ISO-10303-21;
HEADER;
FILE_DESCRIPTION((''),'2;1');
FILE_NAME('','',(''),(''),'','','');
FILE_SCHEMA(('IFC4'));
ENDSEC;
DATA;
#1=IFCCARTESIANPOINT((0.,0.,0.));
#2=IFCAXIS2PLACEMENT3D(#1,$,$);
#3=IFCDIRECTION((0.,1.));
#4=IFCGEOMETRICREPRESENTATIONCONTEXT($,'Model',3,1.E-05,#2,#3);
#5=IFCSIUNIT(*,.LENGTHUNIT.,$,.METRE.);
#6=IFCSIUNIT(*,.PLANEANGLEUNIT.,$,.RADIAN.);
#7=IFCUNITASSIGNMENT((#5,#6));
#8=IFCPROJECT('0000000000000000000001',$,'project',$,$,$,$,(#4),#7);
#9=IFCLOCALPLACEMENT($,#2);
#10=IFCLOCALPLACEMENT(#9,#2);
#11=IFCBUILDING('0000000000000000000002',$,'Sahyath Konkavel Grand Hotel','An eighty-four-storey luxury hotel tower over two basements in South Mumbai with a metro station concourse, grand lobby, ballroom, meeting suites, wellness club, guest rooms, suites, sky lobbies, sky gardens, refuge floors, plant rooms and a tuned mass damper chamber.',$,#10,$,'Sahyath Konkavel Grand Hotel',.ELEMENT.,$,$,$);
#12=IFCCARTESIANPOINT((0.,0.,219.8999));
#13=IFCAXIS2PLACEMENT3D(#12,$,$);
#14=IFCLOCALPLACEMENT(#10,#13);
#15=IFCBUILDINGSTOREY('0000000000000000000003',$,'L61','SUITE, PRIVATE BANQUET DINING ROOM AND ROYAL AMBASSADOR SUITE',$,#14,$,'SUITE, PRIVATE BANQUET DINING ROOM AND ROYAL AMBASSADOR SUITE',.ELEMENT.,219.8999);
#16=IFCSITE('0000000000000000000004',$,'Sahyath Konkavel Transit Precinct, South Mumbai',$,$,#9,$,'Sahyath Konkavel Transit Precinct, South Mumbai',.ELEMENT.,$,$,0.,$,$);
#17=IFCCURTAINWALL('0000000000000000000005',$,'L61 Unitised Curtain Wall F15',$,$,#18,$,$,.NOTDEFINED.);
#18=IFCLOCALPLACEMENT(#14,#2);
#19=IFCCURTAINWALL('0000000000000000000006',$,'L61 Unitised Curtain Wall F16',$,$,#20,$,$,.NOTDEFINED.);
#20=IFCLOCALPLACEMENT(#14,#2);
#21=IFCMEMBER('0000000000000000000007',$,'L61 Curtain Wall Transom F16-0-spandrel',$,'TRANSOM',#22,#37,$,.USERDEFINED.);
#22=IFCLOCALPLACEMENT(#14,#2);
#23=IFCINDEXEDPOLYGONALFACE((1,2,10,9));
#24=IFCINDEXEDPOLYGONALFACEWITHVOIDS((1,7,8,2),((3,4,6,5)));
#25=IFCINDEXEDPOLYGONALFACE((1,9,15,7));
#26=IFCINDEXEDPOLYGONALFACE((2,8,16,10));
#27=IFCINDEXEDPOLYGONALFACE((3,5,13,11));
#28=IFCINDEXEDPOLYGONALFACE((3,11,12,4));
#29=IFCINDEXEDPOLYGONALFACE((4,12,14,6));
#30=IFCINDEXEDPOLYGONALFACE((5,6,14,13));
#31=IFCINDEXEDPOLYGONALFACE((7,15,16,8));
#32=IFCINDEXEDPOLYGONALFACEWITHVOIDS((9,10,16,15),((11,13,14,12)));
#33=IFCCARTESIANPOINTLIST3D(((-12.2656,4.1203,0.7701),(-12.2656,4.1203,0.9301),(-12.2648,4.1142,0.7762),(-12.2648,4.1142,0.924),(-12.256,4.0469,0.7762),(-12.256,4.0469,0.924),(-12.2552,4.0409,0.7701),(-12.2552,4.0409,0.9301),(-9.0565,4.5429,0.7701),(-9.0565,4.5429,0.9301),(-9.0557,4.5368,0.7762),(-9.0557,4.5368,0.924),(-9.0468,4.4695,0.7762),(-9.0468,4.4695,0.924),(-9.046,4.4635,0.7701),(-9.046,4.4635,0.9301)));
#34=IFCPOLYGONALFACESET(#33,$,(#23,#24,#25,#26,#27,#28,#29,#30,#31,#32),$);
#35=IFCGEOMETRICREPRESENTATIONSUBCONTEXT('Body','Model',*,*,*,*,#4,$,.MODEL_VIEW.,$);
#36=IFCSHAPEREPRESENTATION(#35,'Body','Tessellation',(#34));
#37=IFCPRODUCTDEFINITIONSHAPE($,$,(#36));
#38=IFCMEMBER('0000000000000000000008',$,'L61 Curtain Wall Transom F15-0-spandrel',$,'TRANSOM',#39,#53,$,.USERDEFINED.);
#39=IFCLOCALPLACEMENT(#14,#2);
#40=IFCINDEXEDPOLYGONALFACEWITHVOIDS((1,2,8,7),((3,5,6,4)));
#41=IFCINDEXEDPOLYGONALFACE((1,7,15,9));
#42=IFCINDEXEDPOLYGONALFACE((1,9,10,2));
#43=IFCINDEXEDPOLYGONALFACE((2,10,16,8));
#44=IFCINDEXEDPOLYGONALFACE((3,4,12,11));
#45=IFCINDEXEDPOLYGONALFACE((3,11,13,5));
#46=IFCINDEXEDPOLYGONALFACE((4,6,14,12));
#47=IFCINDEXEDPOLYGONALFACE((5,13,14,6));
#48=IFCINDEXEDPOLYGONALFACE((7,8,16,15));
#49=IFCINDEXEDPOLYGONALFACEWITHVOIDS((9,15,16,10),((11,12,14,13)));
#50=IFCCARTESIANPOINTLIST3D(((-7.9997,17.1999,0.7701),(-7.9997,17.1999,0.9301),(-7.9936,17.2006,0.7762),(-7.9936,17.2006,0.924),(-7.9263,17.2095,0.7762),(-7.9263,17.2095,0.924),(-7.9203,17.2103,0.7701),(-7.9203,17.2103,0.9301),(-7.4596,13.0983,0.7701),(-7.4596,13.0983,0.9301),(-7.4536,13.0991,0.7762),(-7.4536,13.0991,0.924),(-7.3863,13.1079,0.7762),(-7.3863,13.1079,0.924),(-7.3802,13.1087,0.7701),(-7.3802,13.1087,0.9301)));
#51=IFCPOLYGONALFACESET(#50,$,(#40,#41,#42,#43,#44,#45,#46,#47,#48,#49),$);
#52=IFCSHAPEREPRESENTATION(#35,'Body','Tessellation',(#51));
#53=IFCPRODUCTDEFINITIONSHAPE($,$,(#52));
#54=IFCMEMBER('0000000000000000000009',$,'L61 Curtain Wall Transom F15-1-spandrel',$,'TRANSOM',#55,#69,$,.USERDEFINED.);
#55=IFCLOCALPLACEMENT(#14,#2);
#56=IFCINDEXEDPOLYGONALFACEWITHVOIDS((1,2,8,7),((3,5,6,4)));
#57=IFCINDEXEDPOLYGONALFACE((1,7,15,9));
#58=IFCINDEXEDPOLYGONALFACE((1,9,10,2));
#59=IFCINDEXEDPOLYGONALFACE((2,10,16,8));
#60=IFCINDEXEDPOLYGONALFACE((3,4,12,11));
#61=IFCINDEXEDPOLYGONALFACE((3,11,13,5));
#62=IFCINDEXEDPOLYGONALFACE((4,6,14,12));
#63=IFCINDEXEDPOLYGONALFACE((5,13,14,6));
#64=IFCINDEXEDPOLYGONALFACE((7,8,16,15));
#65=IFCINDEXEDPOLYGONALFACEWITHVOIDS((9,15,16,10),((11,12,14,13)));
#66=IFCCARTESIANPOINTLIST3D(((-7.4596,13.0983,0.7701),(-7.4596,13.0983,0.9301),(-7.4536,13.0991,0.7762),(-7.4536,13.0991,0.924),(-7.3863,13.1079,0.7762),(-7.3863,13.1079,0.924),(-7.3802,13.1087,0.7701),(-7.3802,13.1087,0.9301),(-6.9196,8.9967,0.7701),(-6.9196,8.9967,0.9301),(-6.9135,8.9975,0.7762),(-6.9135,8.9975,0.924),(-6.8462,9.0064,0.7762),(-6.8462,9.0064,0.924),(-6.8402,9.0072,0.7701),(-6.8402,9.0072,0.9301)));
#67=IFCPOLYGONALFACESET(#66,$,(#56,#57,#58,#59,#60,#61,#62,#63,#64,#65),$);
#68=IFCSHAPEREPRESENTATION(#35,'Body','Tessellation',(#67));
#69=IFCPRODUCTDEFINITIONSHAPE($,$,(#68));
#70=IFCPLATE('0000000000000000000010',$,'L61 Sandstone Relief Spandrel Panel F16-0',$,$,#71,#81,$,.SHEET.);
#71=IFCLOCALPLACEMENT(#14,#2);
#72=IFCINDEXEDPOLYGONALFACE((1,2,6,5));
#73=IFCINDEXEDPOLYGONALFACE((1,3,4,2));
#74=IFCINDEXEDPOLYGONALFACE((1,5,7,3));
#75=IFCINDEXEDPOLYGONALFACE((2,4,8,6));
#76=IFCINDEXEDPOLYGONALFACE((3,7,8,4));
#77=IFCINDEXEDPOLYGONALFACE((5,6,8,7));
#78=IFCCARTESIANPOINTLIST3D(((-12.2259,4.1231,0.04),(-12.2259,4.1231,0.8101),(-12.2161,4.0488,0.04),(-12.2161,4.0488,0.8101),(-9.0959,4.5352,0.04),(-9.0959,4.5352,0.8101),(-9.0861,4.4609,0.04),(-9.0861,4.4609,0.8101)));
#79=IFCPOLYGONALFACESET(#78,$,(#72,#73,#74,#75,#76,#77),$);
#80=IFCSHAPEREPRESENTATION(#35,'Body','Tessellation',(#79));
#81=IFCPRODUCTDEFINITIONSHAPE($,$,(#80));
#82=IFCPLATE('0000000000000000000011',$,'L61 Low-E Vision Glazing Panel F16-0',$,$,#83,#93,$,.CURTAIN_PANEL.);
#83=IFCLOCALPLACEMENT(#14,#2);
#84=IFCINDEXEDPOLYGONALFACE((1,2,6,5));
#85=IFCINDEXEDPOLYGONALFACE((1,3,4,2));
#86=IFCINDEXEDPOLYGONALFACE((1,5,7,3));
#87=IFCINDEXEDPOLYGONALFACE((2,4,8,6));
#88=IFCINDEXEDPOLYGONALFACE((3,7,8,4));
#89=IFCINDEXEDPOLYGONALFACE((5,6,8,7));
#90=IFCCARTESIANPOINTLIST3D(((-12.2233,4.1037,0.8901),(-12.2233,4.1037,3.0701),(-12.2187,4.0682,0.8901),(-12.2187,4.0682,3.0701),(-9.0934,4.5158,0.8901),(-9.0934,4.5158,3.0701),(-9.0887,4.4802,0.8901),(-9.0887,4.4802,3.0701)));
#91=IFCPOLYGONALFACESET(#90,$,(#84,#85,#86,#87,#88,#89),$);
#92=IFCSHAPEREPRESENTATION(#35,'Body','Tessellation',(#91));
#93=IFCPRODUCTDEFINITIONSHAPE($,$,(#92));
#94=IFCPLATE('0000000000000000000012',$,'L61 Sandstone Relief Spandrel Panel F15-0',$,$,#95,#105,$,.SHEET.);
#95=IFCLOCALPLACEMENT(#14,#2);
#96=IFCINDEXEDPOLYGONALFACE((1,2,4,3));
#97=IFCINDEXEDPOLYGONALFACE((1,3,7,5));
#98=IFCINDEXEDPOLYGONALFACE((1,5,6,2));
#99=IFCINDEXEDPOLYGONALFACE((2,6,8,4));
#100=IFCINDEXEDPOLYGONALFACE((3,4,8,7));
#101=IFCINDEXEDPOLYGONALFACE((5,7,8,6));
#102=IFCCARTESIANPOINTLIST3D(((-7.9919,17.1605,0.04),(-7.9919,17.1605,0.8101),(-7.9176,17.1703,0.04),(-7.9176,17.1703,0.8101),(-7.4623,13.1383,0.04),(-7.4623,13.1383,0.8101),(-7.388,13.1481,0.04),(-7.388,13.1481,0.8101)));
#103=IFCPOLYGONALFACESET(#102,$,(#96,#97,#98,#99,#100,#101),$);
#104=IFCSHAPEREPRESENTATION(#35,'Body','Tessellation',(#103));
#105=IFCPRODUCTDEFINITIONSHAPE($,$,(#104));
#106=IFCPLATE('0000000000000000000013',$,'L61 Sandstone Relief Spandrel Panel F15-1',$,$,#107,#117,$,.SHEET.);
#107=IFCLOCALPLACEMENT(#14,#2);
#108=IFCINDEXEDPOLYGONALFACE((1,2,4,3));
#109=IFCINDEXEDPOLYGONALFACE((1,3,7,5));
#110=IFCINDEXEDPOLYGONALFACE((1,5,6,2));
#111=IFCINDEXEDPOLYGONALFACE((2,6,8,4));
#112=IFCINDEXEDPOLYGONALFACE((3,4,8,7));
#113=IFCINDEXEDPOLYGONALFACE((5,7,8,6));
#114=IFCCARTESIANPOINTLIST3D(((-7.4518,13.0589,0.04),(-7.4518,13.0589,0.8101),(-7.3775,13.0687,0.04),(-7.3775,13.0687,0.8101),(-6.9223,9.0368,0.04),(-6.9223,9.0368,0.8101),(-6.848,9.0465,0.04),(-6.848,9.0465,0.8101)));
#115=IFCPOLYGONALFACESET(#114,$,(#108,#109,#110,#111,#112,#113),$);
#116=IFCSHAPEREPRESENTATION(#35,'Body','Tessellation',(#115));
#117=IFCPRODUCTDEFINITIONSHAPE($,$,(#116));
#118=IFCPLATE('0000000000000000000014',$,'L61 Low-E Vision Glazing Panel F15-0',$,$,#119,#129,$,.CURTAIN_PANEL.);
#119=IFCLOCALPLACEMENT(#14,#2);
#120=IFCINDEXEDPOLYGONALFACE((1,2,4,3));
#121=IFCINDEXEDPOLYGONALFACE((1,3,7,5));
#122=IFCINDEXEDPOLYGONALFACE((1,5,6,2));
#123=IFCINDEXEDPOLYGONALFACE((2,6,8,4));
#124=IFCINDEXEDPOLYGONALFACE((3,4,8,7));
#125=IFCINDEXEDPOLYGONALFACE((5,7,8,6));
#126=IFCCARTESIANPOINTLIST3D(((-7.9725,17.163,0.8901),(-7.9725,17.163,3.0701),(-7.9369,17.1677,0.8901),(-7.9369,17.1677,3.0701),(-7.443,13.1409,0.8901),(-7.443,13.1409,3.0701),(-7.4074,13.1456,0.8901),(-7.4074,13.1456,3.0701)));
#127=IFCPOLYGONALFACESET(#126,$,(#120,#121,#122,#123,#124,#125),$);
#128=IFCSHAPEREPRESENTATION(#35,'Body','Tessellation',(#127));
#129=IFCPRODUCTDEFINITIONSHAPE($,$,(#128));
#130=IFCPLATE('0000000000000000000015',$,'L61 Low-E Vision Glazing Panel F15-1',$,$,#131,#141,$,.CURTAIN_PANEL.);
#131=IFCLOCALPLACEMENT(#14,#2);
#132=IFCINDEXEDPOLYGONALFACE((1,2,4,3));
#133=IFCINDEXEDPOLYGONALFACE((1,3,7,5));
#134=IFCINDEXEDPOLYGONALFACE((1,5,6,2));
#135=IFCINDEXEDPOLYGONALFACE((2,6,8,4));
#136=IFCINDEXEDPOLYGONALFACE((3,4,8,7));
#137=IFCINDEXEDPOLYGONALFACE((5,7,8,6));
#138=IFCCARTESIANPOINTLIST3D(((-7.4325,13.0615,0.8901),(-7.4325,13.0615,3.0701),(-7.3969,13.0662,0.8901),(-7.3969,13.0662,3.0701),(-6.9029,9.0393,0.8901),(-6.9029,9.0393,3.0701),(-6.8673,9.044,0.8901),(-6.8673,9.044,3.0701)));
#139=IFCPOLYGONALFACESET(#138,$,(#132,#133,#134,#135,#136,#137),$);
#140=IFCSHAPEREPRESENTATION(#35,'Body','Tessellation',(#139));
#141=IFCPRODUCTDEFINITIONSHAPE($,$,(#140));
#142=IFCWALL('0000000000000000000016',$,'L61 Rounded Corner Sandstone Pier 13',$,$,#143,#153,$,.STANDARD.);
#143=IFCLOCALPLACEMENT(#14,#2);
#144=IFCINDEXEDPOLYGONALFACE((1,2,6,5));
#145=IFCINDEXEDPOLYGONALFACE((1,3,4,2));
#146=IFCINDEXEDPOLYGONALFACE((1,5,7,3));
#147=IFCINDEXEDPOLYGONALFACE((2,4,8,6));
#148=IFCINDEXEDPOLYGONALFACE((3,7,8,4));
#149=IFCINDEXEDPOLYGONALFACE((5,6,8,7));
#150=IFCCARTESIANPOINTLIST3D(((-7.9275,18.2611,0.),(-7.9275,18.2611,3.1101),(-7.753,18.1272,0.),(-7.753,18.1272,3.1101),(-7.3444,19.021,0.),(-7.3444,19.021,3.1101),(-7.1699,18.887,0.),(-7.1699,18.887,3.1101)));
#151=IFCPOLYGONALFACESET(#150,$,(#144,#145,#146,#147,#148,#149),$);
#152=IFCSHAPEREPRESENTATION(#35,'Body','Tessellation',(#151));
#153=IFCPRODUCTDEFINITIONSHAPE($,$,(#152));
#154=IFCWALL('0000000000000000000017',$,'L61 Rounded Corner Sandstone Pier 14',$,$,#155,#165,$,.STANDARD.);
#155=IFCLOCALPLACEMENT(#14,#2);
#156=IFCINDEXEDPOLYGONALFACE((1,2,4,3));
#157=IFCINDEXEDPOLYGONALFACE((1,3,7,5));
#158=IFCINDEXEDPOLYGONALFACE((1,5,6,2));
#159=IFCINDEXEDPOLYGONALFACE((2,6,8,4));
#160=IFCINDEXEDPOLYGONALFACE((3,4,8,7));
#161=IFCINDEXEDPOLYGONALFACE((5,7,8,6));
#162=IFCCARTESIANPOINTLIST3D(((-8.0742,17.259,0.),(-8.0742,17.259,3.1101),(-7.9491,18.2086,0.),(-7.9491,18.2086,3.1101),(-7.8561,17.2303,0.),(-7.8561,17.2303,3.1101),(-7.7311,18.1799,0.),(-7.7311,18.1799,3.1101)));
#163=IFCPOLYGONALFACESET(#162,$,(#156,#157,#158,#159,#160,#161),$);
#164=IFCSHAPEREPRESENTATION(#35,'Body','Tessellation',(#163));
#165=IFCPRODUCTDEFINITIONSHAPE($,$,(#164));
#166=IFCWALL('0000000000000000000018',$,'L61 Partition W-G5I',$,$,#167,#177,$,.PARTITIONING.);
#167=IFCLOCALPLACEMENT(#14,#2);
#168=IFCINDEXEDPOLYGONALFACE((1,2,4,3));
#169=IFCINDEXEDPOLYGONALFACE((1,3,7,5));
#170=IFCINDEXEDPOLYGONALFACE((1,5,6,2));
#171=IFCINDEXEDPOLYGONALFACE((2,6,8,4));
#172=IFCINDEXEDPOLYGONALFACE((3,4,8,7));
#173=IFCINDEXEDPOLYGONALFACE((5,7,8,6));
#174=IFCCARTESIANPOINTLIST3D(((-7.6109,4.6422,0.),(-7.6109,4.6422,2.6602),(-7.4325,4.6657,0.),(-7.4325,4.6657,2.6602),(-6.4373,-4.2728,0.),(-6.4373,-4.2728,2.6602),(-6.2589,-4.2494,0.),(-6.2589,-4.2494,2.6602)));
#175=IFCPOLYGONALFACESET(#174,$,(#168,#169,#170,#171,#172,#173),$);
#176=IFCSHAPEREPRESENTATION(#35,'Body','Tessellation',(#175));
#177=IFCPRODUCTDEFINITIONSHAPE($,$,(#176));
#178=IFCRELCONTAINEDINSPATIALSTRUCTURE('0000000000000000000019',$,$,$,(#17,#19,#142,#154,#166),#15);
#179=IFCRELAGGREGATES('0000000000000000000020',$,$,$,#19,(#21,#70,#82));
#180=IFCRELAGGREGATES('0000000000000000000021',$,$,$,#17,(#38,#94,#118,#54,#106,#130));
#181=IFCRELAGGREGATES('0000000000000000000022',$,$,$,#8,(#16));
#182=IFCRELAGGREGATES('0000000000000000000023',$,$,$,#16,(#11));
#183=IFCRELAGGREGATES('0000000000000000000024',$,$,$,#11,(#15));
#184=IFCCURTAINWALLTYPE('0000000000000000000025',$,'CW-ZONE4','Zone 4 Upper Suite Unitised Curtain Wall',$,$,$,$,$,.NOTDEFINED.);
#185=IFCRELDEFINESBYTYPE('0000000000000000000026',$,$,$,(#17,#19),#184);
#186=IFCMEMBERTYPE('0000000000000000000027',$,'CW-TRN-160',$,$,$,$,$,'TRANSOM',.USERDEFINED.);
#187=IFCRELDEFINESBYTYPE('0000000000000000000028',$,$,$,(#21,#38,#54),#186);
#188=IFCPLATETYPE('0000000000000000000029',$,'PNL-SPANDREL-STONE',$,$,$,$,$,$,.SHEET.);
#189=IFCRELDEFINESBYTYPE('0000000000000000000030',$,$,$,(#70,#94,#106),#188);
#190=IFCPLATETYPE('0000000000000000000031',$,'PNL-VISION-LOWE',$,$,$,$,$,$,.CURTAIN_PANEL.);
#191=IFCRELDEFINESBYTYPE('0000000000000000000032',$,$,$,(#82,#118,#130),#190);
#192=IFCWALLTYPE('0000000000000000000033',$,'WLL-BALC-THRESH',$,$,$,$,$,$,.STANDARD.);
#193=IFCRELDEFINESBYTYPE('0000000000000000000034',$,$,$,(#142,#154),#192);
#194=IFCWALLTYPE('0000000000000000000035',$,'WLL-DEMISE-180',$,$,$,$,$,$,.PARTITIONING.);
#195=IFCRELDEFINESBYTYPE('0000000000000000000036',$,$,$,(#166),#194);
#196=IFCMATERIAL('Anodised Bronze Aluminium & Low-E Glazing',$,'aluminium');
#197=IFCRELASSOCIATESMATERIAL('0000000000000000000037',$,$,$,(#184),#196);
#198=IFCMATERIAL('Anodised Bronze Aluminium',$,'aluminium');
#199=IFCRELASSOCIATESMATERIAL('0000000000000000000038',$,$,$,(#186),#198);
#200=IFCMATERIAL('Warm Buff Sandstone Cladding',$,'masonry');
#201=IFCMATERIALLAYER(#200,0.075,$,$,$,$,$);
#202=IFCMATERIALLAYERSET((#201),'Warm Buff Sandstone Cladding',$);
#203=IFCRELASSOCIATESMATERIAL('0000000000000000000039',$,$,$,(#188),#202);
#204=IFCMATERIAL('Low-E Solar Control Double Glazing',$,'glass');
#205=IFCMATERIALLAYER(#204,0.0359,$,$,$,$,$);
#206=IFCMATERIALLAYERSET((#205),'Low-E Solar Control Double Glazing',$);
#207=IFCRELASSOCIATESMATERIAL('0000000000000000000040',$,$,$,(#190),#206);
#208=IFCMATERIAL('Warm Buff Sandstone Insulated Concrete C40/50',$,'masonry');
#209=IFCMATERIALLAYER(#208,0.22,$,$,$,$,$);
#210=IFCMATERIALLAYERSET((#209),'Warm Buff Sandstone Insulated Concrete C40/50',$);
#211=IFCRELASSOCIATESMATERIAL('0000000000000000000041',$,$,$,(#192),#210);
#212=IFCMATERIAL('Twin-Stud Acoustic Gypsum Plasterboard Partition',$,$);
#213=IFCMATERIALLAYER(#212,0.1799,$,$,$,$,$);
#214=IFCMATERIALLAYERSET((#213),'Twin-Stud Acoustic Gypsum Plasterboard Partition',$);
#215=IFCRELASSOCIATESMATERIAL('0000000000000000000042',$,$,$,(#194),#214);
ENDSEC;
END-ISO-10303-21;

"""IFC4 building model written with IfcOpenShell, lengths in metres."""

from ifc_helpers import new_model, si_unit, direction, frame, frame_2d, origin, origin_2d, place, context, subcontext, project, spatial, rectangle, hollow_rectangle, extrude, source, transform, mapped, material, layer, layer_set, material_profile, profile_set, type_object, element, aggregate, save


model = new_model("IFC4")

# Units and contexts
model_context = context("Model", 3, precision=1e-05, world=origin(), true_north=direction((0.0, 1.0)))
body_context = subcontext(model_context, "Body", "Model", "MODEL_VIEW")
ifc_project = project(units=[si_unit("LENGTHUNIT", "METRE"), si_unit("PLANEANGLEUNIT", "RADIAN")], contexts=[model_context])

# Site, building, storey
site_placement = place(None, origin())
site = spatial("IfcSite", under=ifc_project, at=site_placement, Name="Sahyath Konkavel Transit Precinct, South Mumbai", LongName="Sahyath Konkavel Transit Precinct, South Mumbai", CompositionType="ELEMENT", RefElevation=0.0)
building_placement = place(site_placement, origin())
building = spatial("IfcBuilding", under=site, at=building_placement, Name="Sahyath Konkavel Grand Hotel", Description="An eighty-four-storey luxury hotel tower over two basements in South Mumbai with a metro station concourse, grand lobby, ballroom, meeting suites, wellness club, guest rooms, suites, sky lobbies, sky gardens, refuge floors, plant rooms and a tuned mass damper chamber.", LongName="Sahyath Konkavel Grand Hotel", CompositionType="ELEMENT")
storey_placement = place(building_placement, frame((0.0, 0.0, 219.8999)))
storey = spatial("IfcBuildingStorey", under=building, at=storey_placement, Name="L61", Description="SUITE, PRIVATE BANQUET DINING ROOM AND ROYAL AMBASSADOR SUITE", LongName="SUITE, PRIVATE BANQUET DINING ROOM AND ROYAL AMBASSADOR SUITE", CompositionType="ELEMENT", Elevation=219.8999)

# Curtain walls
ifc_material_1 = material(Name="Anodised Bronze Aluminium & Low-E Glazing", Category="aluminium")
curtain_wall_type = type_object("IfcCurtainWallType", Name="CW-ZONE4", Description="Zone 4 Upper Suite Unitised Curtain Wall", PredefinedType="NOTDEFINED", material=ifc_material_1)
curtain_wall_1_placement = place(storey_placement, origin())
curtain_wall_1 = element("IfcCurtainWall", 1, at=curtain_wall_1_placement, inside=storey, type_object=curtain_wall_type, Name="L61 Unitised Curtain Wall F15", PredefinedType="NOTDEFINED")
curtain_wall_2_placement = place(storey_placement, origin())
curtain_wall_2 = element("IfcCurtainWall", 2, at=curtain_wall_2_placement, inside=storey, type_object=curtain_wall_type, Name="L61 Unitised Curtain Wall F16", PredefinedType="NOTDEFINED")
ifc_material_2 = material(Name="Anodised Bronze Aluminium", Category="aluminium")

# Members
ifc_material_profile_1 = material_profile(ifc_material_2, hollow_rectangle(XDim=0.0801, YDim=0.1599, WallThickness=0.0061, at=origin_2d()), Name="RHS 160x80x6")
ifc_profile_set_1 = profile_set([ifc_material_profile_1], Name="Anodised Bronze Aluminium")
member_type_1 = type_object("IfcMemberType", Name="CW-TRN-160", ElementType="TRANSOM", PredefinedType="USERDEFINED", material=ifc_profile_set_1)
shared_shape_1 = source(origin(), body_context, "Body", "SweptSolid", [
    extrude(hollow_rectangle(XDim=0.0801, YDim=0.1599, WallThickness=0.0061, at=origin_2d()), origin(), (0.0, 0.0, 1.0), 3.2368),
])
member_1_placement = place(storey_placement, frame((-9.0513, 4.5032, 0.8501), z_axis=(-0.991441, -0.130558, 0.0), x_axis=(0.130558, -0.991441, 0.0)))
member_1 = element("IfcMember", 3, at=member_1_placement, type_object=member_type_1, Name="L61 Curtain Wall Transom F16-0-spandrel", ObjectType="TRANSOM", PredefinedType="USERDEFINED", context=body_context, shape_type="MappedRepresentation", body=[
    mapped(shared_shape_1, transform((0.0, 0.0, 0.0), scale=1.0)),
])
shared_shape_2 = source(origin(), body_context, "Body", "SweptSolid", [
    extrude(hollow_rectangle(XDim=0.0801, YDim=0.1599, WallThickness=0.0061, at=origin_2d()), origin(), (0.0, 0.0, 1.0), 4.137),
])
member_2_placement = place(storey_placement, frame((-7.96, 17.2051, 0.8501), z_axis=(0.13054, -0.991443, 0.0), x_axis=(0.991443, 0.13054, 0.0)))
member_2 = element("IfcMember", 4, at=member_2_placement, type_object=member_type_1, Name="L61 Curtain Wall Transom F15-0-spandrel", ObjectType="TRANSOM", PredefinedType="USERDEFINED", context=body_context, shape_type="MappedRepresentation", body=[
    mapped(shared_shape_2, transform((0.0, 0.0, 0.0), scale=1.0)),
])
member_3_placement = place(storey_placement, frame((-7.4199, 13.1035, 0.8501), z_axis=(0.13054, -0.991443, 0.0), x_axis=(0.991443, 0.13054, 0.0)))
member_3 = element("IfcMember", 5, at=member_3_placement, type_object=member_type_1, Name="L61 Curtain Wall Transom F15-1-spandrel", ObjectType="TRANSOM", PredefinedType="USERDEFINED", context=body_context, shape_type="MappedRepresentation", body=[
    mapped(shared_shape_2, transform((0.0, 0.0, 0.0), scale=1.0)),
])

# Plates
ifc_material_3 = material(Name="Warm Buff Sandstone Cladding", Category="masonry")
ifc_layer_1 = layer(ifc_material_3, 0.075)
ifc_layer_set_1 = layer_set([ifc_layer_1], Name="Warm Buff Sandstone Cladding")
plate_type_1 = type_object("IfcPlateType", Name="PNL-SPANDREL-STONE", PredefinedType="SHEET", material=ifc_layer_set_1)
shared_shape_3 = source(origin(), body_context, "Body", "SweptSolid", [
    extrude(rectangle(XDim=3.157, YDim=0.075, at=origin_2d()), origin(), (0.0, 0.0, 1.0), 0.77),
])
plate_1_placement = place(storey_placement, frame((-10.656, 4.292, 0.04), z_axis=(0.0, 0.0, 1.0), x_axis=(-0.991445, -0.130526, 0.0)))
plate_1 = element("IfcPlate", 6, at=plate_1_placement, type_object=plate_type_1, Name="L61 Sandstone Relief Spandrel Panel F16-0", PredefinedType="SHEET", context=body_context, shape_type="MappedRepresentation", body=[
    mapped(shared_shape_3, transform((0.0, 0.0, 0.0), scale=1.0)),
])
ifc_material_4 = material(Name="Low-E Solar Control Double Glazing", Category="glass")
ifc_layer_2 = layer(ifc_material_4, 0.0359)
ifc_layer_set_2 = layer_set([ifc_layer_2], Name="Low-E Solar Control Double Glazing")
plate_type_2 = type_object("IfcPlateType", Name="PNL-VISION-LOWE", PredefinedType="CURTAIN_PANEL", material=ifc_layer_set_2)
shared_shape_4 = source(origin(), body_context, "Body", "SweptSolid", [
    extrude(rectangle(XDim=3.157, YDim=0.0359, at=origin_2d()), origin(), (0.0, 0.0, 1.0), 2.1799),
])
plate_2_placement = place(storey_placement, frame((-10.656, 4.292, 0.8901), z_axis=(0.0, 0.0, 1.0), x_axis=(-0.991445, -0.130526, 0.0)))
plate_2 = element("IfcPlate", 7, at=plate_2_placement, type_object=plate_type_2, Name="L61 Low-E Vision Glazing Panel F16-0", PredefinedType="CURTAIN_PANEL", context=body_context, shape_type="MappedRepresentation", body=[
    mapped(shared_shape_4, transform((0.0, 0.0, 0.0), scale=1.0)),
])
aggregate(curtain_wall_2, [member_1, plate_1, plate_2])
shared_shape_5 = source(origin(), body_context, "Body", "SweptSolid", [
    extrude(rectangle(XDim=4.0569, YDim=0.075, at=origin_2d()), origin(), (0.0, 0.0, 1.0), 0.77),
])
plate_3_placement = place(storey_placement, frame((-7.6899, 15.1543, 0.04), z_axis=(0.0, 0.0, 1.0), x_axis=(0.130526, -0.991445, 0.0)))
plate_3 = element("IfcPlate", 8, at=plate_3_placement, type_object=plate_type_1, Name="L61 Sandstone Relief Spandrel Panel F15-0", PredefinedType="SHEET", context=body_context, shape_type="MappedRepresentation", body=[
    mapped(shared_shape_5, transform((0.0, 0.0, 0.0), scale=1.0)),
])
plate_4_placement = place(storey_placement, frame((-7.1499, 11.0527, 0.04), z_axis=(0.0, 0.0, 1.0), x_axis=(0.130526, -0.991445, 0.0)))
plate_4 = element("IfcPlate", 9, at=plate_4_placement, type_object=plate_type_1, Name="L61 Sandstone Relief Spandrel Panel F15-1", PredefinedType="SHEET", context=body_context, shape_type="MappedRepresentation", body=[
    mapped(shared_shape_5, transform((0.0, 0.0, 0.0), scale=1.0)),
])
shared_shape_6 = source(origin(), body_context, "Body", "SweptSolid", [
    extrude(rectangle(XDim=4.0569, YDim=0.0359, at=origin_2d()), origin(), (0.0, 0.0, 1.0), 2.1799),
])
plate_5_placement = place(storey_placement, frame((-7.6899, 15.1543, 0.8901), z_axis=(0.0, 0.0, 1.0), x_axis=(0.130526, -0.991445, 0.0)))
plate_5 = element("IfcPlate", 10, at=plate_5_placement, type_object=plate_type_2, Name="L61 Low-E Vision Glazing Panel F15-0", PredefinedType="CURTAIN_PANEL", context=body_context, shape_type="MappedRepresentation", body=[
    mapped(shared_shape_6, transform((0.0, 0.0, 0.0), scale=1.0)),
])
plate_6_placement = place(storey_placement, frame((-7.1499, 11.0527, 0.8901), z_axis=(0.0, 0.0, 1.0), x_axis=(0.130526, -0.991445, 0.0)))
plate_6 = element("IfcPlate", 11, at=plate_6_placement, type_object=plate_type_2, Name="L61 Low-E Vision Glazing Panel F15-1", PredefinedType="CURTAIN_PANEL", context=body_context, shape_type="MappedRepresentation", body=[
    mapped(shared_shape_6, transform((0.0, 0.0, 0.0), scale=1.0)),
])
aggregate(curtain_wall_1, [member_2, plate_3, plate_5, member_3, plate_4, plate_6])

# Walls
ifc_material_5 = material(Name="Warm Buff Sandstone Insulated Concrete C40/50", Category="masonry")
ifc_layer_3 = layer(ifc_material_5, 0.22)
ifc_layer_set_3 = layer_set([ifc_layer_3], Name="Warm Buff Sandstone Insulated Concrete C40/50")
wall_type_1 = type_object("IfcWallType", Name="WLL-BALC-THRESH", PredefinedType="STANDARD", material=ifc_layer_set_3)
for number, where, z_axis, x_axis, name in (
    (12, (-7.2571, 18.9541, 0.0), (0.0, 0.0, 1.0), (-0.608774, -0.793344, 0.0), "L61 Rounded Corner Sandstone Pier 13"),
    (13, (-7.8401, 18.1943, 0.0), (0.0, 0.0, 1.0), (-0.130527, -0.991445, 0.0), "L61 Rounded Corner Sandstone Pier 14"),
):
    element("IfcWall", number, at=place(storey_placement, frame(where, z_axis=z_axis, x_axis=x_axis)), inside=storey, type_object=wall_type_1, Name=name, PredefinedType="STANDARD", context=body_context, shape_type="SweptSolid", body=[
        extrude(rectangle(XDim=0.9578, YDim=0.22, at=frame_2d((0.479, 0.0))), origin(), (0.0, 0.0, 1.0), 3.1101),
    ])
ifc_material_6 = material(Name="Twin-Stud Acoustic Gypsum Plasterboard Partition")
ifc_layer_4 = layer(ifc_material_6, 0.1799)
ifc_layer_set_4 = layer_set([ifc_layer_4], Name="Twin-Stud Acoustic Gypsum Plasterboard Partition")
wall_type_2 = type_object("IfcWallType", Name="WLL-DEMISE-180", PredefinedType="PARTITIONING", material=ifc_layer_set_4)
wall_placement = place(storey_placement, frame((-7.5217, 4.6541, 0.0), z_axis=(0.0, 0.0, 1.0), x_axis=(0.130515, -0.991446, 0.0)))
element("IfcWall", 14, at=wall_placement, inside=storey, type_object=wall_type_2, Name="L61 Partition W-G5I", PredefinedType="PARTITIONING", context=body_context, shape_type="SweptSolid", body=[
    extrude(rectangle(XDim=8.9919, YDim=0.1799, at=frame_2d((4.4961, 0.0))), origin(), (0.0, 0.0, 1.0), 2.6602),
])

save(model, "model.ifc")
